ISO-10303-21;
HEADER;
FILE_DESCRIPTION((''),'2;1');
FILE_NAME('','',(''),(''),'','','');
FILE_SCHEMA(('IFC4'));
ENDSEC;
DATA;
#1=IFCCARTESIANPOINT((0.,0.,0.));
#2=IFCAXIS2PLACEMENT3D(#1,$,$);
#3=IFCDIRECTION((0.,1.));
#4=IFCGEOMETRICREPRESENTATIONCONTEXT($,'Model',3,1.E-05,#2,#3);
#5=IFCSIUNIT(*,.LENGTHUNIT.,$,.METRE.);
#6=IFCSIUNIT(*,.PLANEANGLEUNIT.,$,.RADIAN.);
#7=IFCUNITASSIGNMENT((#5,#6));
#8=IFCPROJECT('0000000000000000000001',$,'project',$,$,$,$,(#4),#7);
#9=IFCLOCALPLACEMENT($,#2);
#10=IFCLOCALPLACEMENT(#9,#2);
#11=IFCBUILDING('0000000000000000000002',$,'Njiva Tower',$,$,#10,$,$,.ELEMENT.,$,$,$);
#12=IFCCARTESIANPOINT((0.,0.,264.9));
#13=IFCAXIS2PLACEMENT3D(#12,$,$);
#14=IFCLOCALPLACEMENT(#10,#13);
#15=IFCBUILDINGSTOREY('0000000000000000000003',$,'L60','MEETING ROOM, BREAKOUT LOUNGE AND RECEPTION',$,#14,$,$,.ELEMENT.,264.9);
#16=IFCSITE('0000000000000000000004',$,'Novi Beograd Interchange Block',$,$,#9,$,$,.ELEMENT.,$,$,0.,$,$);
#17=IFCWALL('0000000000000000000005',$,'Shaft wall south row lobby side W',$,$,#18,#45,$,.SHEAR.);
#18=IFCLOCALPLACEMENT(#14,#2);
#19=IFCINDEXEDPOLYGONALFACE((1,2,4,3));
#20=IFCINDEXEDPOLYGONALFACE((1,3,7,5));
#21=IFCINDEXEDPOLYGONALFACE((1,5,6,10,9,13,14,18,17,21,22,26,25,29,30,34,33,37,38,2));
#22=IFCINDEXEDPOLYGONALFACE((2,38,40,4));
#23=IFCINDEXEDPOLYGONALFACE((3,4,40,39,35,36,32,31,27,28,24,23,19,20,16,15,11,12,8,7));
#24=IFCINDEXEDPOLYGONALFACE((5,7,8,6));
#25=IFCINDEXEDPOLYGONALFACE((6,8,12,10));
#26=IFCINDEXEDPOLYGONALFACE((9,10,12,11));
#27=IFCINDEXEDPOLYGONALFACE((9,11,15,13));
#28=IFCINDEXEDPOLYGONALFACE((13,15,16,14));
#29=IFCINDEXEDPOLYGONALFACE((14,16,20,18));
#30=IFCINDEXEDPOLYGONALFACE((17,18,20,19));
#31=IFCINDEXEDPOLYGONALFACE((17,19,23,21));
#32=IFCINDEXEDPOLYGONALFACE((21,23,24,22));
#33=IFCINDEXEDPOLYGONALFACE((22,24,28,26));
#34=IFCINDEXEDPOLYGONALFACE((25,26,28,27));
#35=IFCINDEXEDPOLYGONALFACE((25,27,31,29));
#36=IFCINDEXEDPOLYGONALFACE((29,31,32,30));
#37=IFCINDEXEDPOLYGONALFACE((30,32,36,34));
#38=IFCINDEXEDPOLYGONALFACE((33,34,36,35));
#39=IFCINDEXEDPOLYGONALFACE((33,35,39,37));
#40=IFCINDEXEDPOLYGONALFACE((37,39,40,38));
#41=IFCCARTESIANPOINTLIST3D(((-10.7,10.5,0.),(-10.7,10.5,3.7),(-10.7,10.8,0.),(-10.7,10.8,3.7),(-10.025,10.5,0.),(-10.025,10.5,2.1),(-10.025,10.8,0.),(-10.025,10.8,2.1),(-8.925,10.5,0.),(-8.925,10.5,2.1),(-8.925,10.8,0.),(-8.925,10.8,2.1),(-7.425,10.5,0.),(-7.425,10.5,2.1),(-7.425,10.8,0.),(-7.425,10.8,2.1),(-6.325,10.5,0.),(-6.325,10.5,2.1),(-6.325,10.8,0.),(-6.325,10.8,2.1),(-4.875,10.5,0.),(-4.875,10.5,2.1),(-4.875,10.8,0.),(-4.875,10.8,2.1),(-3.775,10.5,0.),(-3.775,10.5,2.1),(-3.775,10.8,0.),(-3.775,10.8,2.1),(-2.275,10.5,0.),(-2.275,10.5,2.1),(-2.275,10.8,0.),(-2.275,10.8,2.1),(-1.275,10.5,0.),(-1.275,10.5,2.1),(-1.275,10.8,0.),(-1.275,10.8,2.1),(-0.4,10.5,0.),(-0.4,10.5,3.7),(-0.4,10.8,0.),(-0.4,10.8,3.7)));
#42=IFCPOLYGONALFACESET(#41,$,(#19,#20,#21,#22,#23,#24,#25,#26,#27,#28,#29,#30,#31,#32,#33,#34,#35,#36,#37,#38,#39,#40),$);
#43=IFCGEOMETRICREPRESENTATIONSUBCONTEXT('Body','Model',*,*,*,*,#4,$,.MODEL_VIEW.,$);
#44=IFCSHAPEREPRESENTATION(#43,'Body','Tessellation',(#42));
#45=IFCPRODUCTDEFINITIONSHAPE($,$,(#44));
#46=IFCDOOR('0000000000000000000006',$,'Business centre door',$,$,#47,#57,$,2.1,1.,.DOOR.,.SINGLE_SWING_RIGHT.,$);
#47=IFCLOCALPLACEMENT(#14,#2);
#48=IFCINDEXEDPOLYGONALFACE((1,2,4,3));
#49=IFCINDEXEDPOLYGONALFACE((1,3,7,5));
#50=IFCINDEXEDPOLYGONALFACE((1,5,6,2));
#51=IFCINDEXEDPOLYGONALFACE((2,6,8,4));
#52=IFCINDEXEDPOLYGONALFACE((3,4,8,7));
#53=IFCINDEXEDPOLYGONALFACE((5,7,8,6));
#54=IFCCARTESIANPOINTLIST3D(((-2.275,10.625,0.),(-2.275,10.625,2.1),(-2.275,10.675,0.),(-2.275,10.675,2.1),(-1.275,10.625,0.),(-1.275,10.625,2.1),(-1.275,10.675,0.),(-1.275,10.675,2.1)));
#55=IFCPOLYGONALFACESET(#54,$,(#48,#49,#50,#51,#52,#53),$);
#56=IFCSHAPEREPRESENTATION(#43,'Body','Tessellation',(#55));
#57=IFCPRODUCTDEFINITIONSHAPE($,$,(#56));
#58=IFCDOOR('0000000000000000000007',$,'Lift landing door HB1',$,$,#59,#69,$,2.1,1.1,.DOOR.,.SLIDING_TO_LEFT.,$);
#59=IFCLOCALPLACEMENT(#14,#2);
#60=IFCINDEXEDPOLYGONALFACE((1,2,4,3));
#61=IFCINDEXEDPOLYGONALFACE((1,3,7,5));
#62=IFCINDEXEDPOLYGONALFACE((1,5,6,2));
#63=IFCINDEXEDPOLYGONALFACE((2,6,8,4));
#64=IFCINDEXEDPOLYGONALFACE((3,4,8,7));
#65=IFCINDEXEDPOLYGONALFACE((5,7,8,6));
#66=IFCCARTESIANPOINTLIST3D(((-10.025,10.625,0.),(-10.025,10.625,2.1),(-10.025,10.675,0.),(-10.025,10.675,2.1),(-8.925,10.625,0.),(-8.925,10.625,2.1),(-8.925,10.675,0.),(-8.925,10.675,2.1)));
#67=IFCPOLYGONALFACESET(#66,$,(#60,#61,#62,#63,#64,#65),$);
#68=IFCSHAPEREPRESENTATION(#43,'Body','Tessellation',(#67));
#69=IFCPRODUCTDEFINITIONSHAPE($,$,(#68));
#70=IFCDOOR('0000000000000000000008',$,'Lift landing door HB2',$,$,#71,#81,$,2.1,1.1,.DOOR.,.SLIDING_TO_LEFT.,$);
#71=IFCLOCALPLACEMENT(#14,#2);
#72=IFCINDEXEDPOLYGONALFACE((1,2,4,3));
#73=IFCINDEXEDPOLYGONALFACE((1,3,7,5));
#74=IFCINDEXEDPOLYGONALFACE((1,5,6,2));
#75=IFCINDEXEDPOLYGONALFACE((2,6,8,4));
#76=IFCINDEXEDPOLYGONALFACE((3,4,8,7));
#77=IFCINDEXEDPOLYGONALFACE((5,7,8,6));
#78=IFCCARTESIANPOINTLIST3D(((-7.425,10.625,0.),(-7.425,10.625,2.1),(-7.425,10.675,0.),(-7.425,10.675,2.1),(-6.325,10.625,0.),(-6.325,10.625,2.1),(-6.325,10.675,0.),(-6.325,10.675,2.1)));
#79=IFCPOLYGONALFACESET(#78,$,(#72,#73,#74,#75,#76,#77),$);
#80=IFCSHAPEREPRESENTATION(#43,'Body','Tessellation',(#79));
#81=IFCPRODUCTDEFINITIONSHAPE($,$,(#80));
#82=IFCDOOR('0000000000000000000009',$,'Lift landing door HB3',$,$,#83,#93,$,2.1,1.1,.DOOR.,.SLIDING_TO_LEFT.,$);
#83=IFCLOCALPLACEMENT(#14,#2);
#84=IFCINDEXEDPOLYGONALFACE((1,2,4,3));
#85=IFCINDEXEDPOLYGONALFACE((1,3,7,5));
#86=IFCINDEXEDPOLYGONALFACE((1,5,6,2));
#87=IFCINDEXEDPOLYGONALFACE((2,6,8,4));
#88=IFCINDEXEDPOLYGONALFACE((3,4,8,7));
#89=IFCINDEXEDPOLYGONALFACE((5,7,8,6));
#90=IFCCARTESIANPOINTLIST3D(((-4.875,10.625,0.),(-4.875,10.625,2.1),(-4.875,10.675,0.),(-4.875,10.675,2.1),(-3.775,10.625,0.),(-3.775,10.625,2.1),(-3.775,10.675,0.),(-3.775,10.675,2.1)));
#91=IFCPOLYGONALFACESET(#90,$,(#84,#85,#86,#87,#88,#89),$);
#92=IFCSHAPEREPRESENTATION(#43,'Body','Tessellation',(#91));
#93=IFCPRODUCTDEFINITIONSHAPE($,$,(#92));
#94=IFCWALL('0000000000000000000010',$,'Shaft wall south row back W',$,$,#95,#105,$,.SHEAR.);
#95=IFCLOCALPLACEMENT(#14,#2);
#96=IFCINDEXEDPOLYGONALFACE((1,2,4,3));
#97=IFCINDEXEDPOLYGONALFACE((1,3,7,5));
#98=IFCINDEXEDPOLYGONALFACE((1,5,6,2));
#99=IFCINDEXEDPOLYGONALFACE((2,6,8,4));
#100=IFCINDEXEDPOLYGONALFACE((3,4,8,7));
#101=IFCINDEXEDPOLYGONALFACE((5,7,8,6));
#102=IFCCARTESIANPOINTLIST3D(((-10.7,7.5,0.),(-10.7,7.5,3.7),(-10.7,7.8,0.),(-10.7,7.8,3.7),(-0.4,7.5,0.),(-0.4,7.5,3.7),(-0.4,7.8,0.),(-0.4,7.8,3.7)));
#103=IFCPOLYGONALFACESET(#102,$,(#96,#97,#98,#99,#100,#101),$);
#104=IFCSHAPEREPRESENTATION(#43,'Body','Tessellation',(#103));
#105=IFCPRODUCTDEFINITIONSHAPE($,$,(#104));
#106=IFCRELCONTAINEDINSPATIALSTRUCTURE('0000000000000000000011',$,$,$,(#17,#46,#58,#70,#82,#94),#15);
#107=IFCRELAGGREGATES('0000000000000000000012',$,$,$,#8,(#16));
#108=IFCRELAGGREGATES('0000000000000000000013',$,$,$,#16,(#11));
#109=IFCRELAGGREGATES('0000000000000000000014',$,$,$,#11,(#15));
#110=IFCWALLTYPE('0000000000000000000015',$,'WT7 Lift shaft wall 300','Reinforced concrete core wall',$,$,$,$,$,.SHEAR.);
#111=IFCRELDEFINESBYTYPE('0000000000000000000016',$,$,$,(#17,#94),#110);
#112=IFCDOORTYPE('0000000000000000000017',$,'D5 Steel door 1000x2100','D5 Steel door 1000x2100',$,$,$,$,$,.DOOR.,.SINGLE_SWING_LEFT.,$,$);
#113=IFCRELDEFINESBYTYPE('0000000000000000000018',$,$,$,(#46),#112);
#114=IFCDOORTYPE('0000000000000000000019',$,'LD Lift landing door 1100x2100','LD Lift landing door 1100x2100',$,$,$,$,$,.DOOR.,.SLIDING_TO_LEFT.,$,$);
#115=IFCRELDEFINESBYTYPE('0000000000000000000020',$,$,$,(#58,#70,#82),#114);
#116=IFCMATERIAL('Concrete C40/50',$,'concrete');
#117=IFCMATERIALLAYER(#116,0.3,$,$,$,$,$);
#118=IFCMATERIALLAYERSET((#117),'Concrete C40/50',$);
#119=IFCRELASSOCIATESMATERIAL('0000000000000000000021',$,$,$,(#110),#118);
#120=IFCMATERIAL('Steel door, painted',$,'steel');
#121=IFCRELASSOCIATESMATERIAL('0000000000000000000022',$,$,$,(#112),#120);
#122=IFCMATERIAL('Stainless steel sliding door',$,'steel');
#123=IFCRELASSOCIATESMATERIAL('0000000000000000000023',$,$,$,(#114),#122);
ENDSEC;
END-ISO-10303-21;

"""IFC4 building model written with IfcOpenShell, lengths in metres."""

from ifc_helpers import new_model, si_unit, direction, frame, frame_2d, origin, place, context, subcontext, project, spatial, rectangle, extrude, material, layer, layer_set, type_object, element, fill, save


model = new_model("IFC4")

# Units and contexts
model_context = context("Model", 3, precision=1e-05, world=origin(), true_north=direction((0.0, 1.0)))
body_context = subcontext(model_context, "Body", "Model", "MODEL_VIEW")
ifc_project = project(units=[si_unit("LENGTHUNIT", "METRE"), si_unit("PLANEANGLEUNIT", "RADIAN")], contexts=[model_context])

# Site, building, storey
site_placement = place(None, origin())
site = spatial("IfcSite", under=ifc_project, at=site_placement, Name="Novi Beograd Interchange Block", CompositionType="ELEMENT", RefElevation=0.0)
building_placement = place(site_placement, origin())
building = spatial("IfcBuilding", under=site, at=building_placement, Name="Njiva Tower", CompositionType="ELEMENT")
storey_placement = place(building_placement, frame((0.0, 0.0, 264.9)))
storey = spatial("IfcBuildingStorey", under=building, at=storey_placement, Name="L60", Description="MEETING ROOM, BREAKOUT LOUNGE AND RECEPTION", CompositionType="ELEMENT", Elevation=264.9)

# Shared definitions
ifc_material_1 = material(Name="Concrete C40/50", Category="concrete")
ifc_material_2 = material(Name="Steel door, painted", Category="steel")

# Wall, openings, doors
ifc_layer_1 = layer(ifc_material_1, 0.3)
ifc_layer_set_1 = layer_set([ifc_layer_1], Name="Concrete C40/50")
wall_type_1 = type_object("IfcWallType", Name="WT7 Lift shaft wall 300", Description="Reinforced concrete core wall", PredefinedType="SHEAR", material=ifc_layer_set_1)
wall_1_placement = place(storey_placement, frame((-10.7, 10.65, 0.0), z_axis=(0.0, 0.0, 1.0), x_axis=(1.0, 0.0, 0.0)))
wall_1 = element("IfcWall", 1, at=wall_1_placement, inside=storey, type_object=wall_type_1, Name="Shaft wall south row lobby side W", PredefinedType="SHEAR", context=body_context, shape_type="SweptSolid", body=[
    extrude(rectangle(XDim=10.3, YDim=0.3, at=frame_2d((5.15, 0.0))), origin(), (0.0, 0.0, 1.0), 3.7),
])
opening_1_placement = place(wall_1_placement, frame((0.675, 0.0, 0.0)))
opening_1 = element("IfcOpeningElement", 2, at=opening_1_placement, cuts=wall_1, PredefinedType="OPENING", context=body_context, shape_type="SweptSolid", body=[
    extrude(rectangle(XDim=1.1, YDim=2.1, at=frame_2d((0.55, 1.05))), frame((0.0, 0.16, 0.0), z_axis=(0.0, -1.0, 0.0), x_axis=(1.0, 0.0, 0.0)), (0.0, 0.0, 1.0), 0.32),
])
opening_2_placement = place(wall_1_placement, frame((3.275, 0.0, 0.0)))
opening_2 = element("IfcOpeningElement", 3, at=opening_2_placement, cuts=wall_1, PredefinedType="OPENING", context=body_context, shape_type="SweptSolid", body=[
    extrude(rectangle(XDim=1.1, YDim=2.1, at=frame_2d((0.55, 1.05))), frame((0.0, 0.16, 0.0), z_axis=(0.0, -1.0, 0.0), x_axis=(1.0, 0.0, 0.0)), (0.0, 0.0, 1.0), 0.32),
])
opening_3_placement = place(wall_1_placement, frame((5.825, 0.0, 0.0)))
opening_3 = element("IfcOpeningElement", 4, at=opening_3_placement, cuts=wall_1, PredefinedType="OPENING", context=body_context, shape_type="SweptSolid", body=[
    extrude(rectangle(XDim=1.1, YDim=2.1, at=frame_2d((0.55, 1.05))), frame((0.0, 0.16, 0.0), z_axis=(0.0, -1.0, 0.0), x_axis=(1.0, 0.0, 0.0)), (0.0, 0.0, 1.0), 0.32),
])
opening_4_placement = place(wall_1_placement, frame((8.425, 0.0, 0.0)))
opening_4 = element("IfcOpeningElement", 5, at=opening_4_placement, cuts=wall_1, PredefinedType="OPENING", context=body_context, shape_type="SweptSolid", body=[
    extrude(rectangle(XDim=1.0, YDim=2.1, at=frame_2d((0.5, 1.05))), frame((0.0, 0.16, 0.0), z_axis=(0.0, -1.0, 0.0), x_axis=(1.0, 0.0, 0.0)), (0.0, 0.0, 1.0), 0.32),
])
door_type_1 = type_object("IfcDoorType", Name="D5 Steel door 1000x2100", Description="D5 Steel door 1000x2100", OperationType="SINGLE_SWING_LEFT", PredefinedType="DOOR", material=ifc_material_2)
door_1_placement = place(opening_4_placement, origin())
door_1 = element("IfcDoor", 6, at=door_1_placement, inside=storey, type_object=door_type_1, Name="Business centre door", OperationType="SINGLE_SWING_RIGHT", OverallHeight=2.1, OverallWidth=1.0, PredefinedType="DOOR", context=body_context, shape_type="SweptSolid", body=[
    extrude(rectangle(XDim=1.0, YDim=2.1, at=frame_2d((0.5, 1.05))), frame((0.0, 0.025, 0.0), z_axis=(0.0, -1.0, 0.0), x_axis=(1.0, 0.0, 0.0)), (0.0, 0.0, 1.0), 0.05),
])
fill(opening_4, door_1)
ifc_material_3 = material(Name="Stainless steel sliding door", Category="steel")
door_type_2 = type_object("IfcDoorType", Name="LD Lift landing door 1100x2100", Description="LD Lift landing door 1100x2100", OperationType="SLIDING_TO_LEFT", PredefinedType="DOOR", material=ifc_material_3)
door_2_placement = place(opening_1_placement, origin())
door_2 = element("IfcDoor", 7, at=door_2_placement, inside=storey, type_object=door_type_2, Name="Lift landing door HB1", OperationType="SLIDING_TO_LEFT", OverallHeight=2.1, OverallWidth=1.1, PredefinedType="DOOR", context=body_context, shape_type="SweptSolid", body=[
    extrude(rectangle(XDim=1.1, YDim=2.1, at=frame_2d((0.55, 1.05))), frame((0.0, 0.025, 0.0), z_axis=(0.0, -1.0, 0.0), x_axis=(1.0, 0.0, 0.0)), (0.0, 0.0, 1.0), 0.05),
])
fill(opening_1, door_2)
door_3_placement = place(opening_2_placement, origin())
door_3 = element("IfcDoor", 8, at=door_3_placement, inside=storey, type_object=door_type_2, Name="Lift landing door HB2", OperationType="SLIDING_TO_LEFT", OverallHeight=2.1, OverallWidth=1.1, PredefinedType="DOOR", context=body_context, shape_type="SweptSolid", body=[
    extrude(rectangle(XDim=1.1, YDim=2.1, at=frame_2d((0.55, 1.05))), frame((0.0, 0.025, 0.0), z_axis=(0.0, -1.0, 0.0), x_axis=(1.0, 0.0, 0.0)), (0.0, 0.0, 1.0), 0.05),
])
fill(opening_2, door_3)
door_4_placement = place(opening_3_placement, origin())
door_4 = element("IfcDoor", 9, at=door_4_placement, inside=storey, type_object=door_type_2, Name="Lift landing door HB3", OperationType="SLIDING_TO_LEFT", OverallHeight=2.1, OverallWidth=1.1, PredefinedType="DOOR", context=body_context, shape_type="SweptSolid", body=[
    extrude(rectangle(XDim=1.1, YDim=2.1, at=frame_2d((0.55, 1.05))), frame((0.0, 0.025, 0.0), z_axis=(0.0, -1.0, 0.0), x_axis=(1.0, 0.0, 0.0)), (0.0, 0.0, 1.0), 0.05),
])
fill(opening_3, door_4)

# Wall
wall_2_placement = place(storey_placement, frame((-10.7, 7.65, 0.0), z_axis=(0.0, 0.0, 1.0), x_axis=(1.0, 0.0, 0.0)))
element("IfcWall", 10, at=wall_2_placement, inside=storey, type_object=wall_type_1, Name="Shaft wall south row back W", PredefinedType="SHEAR", context=body_context, shape_type="SweptSolid", body=[
    extrude(rectangle(XDim=10.3, YDim=0.3, at=frame_2d((5.15, 0.0))), origin(), (0.0, 0.0, 1.0), 3.7),
])

save(model, "model.ifc")
